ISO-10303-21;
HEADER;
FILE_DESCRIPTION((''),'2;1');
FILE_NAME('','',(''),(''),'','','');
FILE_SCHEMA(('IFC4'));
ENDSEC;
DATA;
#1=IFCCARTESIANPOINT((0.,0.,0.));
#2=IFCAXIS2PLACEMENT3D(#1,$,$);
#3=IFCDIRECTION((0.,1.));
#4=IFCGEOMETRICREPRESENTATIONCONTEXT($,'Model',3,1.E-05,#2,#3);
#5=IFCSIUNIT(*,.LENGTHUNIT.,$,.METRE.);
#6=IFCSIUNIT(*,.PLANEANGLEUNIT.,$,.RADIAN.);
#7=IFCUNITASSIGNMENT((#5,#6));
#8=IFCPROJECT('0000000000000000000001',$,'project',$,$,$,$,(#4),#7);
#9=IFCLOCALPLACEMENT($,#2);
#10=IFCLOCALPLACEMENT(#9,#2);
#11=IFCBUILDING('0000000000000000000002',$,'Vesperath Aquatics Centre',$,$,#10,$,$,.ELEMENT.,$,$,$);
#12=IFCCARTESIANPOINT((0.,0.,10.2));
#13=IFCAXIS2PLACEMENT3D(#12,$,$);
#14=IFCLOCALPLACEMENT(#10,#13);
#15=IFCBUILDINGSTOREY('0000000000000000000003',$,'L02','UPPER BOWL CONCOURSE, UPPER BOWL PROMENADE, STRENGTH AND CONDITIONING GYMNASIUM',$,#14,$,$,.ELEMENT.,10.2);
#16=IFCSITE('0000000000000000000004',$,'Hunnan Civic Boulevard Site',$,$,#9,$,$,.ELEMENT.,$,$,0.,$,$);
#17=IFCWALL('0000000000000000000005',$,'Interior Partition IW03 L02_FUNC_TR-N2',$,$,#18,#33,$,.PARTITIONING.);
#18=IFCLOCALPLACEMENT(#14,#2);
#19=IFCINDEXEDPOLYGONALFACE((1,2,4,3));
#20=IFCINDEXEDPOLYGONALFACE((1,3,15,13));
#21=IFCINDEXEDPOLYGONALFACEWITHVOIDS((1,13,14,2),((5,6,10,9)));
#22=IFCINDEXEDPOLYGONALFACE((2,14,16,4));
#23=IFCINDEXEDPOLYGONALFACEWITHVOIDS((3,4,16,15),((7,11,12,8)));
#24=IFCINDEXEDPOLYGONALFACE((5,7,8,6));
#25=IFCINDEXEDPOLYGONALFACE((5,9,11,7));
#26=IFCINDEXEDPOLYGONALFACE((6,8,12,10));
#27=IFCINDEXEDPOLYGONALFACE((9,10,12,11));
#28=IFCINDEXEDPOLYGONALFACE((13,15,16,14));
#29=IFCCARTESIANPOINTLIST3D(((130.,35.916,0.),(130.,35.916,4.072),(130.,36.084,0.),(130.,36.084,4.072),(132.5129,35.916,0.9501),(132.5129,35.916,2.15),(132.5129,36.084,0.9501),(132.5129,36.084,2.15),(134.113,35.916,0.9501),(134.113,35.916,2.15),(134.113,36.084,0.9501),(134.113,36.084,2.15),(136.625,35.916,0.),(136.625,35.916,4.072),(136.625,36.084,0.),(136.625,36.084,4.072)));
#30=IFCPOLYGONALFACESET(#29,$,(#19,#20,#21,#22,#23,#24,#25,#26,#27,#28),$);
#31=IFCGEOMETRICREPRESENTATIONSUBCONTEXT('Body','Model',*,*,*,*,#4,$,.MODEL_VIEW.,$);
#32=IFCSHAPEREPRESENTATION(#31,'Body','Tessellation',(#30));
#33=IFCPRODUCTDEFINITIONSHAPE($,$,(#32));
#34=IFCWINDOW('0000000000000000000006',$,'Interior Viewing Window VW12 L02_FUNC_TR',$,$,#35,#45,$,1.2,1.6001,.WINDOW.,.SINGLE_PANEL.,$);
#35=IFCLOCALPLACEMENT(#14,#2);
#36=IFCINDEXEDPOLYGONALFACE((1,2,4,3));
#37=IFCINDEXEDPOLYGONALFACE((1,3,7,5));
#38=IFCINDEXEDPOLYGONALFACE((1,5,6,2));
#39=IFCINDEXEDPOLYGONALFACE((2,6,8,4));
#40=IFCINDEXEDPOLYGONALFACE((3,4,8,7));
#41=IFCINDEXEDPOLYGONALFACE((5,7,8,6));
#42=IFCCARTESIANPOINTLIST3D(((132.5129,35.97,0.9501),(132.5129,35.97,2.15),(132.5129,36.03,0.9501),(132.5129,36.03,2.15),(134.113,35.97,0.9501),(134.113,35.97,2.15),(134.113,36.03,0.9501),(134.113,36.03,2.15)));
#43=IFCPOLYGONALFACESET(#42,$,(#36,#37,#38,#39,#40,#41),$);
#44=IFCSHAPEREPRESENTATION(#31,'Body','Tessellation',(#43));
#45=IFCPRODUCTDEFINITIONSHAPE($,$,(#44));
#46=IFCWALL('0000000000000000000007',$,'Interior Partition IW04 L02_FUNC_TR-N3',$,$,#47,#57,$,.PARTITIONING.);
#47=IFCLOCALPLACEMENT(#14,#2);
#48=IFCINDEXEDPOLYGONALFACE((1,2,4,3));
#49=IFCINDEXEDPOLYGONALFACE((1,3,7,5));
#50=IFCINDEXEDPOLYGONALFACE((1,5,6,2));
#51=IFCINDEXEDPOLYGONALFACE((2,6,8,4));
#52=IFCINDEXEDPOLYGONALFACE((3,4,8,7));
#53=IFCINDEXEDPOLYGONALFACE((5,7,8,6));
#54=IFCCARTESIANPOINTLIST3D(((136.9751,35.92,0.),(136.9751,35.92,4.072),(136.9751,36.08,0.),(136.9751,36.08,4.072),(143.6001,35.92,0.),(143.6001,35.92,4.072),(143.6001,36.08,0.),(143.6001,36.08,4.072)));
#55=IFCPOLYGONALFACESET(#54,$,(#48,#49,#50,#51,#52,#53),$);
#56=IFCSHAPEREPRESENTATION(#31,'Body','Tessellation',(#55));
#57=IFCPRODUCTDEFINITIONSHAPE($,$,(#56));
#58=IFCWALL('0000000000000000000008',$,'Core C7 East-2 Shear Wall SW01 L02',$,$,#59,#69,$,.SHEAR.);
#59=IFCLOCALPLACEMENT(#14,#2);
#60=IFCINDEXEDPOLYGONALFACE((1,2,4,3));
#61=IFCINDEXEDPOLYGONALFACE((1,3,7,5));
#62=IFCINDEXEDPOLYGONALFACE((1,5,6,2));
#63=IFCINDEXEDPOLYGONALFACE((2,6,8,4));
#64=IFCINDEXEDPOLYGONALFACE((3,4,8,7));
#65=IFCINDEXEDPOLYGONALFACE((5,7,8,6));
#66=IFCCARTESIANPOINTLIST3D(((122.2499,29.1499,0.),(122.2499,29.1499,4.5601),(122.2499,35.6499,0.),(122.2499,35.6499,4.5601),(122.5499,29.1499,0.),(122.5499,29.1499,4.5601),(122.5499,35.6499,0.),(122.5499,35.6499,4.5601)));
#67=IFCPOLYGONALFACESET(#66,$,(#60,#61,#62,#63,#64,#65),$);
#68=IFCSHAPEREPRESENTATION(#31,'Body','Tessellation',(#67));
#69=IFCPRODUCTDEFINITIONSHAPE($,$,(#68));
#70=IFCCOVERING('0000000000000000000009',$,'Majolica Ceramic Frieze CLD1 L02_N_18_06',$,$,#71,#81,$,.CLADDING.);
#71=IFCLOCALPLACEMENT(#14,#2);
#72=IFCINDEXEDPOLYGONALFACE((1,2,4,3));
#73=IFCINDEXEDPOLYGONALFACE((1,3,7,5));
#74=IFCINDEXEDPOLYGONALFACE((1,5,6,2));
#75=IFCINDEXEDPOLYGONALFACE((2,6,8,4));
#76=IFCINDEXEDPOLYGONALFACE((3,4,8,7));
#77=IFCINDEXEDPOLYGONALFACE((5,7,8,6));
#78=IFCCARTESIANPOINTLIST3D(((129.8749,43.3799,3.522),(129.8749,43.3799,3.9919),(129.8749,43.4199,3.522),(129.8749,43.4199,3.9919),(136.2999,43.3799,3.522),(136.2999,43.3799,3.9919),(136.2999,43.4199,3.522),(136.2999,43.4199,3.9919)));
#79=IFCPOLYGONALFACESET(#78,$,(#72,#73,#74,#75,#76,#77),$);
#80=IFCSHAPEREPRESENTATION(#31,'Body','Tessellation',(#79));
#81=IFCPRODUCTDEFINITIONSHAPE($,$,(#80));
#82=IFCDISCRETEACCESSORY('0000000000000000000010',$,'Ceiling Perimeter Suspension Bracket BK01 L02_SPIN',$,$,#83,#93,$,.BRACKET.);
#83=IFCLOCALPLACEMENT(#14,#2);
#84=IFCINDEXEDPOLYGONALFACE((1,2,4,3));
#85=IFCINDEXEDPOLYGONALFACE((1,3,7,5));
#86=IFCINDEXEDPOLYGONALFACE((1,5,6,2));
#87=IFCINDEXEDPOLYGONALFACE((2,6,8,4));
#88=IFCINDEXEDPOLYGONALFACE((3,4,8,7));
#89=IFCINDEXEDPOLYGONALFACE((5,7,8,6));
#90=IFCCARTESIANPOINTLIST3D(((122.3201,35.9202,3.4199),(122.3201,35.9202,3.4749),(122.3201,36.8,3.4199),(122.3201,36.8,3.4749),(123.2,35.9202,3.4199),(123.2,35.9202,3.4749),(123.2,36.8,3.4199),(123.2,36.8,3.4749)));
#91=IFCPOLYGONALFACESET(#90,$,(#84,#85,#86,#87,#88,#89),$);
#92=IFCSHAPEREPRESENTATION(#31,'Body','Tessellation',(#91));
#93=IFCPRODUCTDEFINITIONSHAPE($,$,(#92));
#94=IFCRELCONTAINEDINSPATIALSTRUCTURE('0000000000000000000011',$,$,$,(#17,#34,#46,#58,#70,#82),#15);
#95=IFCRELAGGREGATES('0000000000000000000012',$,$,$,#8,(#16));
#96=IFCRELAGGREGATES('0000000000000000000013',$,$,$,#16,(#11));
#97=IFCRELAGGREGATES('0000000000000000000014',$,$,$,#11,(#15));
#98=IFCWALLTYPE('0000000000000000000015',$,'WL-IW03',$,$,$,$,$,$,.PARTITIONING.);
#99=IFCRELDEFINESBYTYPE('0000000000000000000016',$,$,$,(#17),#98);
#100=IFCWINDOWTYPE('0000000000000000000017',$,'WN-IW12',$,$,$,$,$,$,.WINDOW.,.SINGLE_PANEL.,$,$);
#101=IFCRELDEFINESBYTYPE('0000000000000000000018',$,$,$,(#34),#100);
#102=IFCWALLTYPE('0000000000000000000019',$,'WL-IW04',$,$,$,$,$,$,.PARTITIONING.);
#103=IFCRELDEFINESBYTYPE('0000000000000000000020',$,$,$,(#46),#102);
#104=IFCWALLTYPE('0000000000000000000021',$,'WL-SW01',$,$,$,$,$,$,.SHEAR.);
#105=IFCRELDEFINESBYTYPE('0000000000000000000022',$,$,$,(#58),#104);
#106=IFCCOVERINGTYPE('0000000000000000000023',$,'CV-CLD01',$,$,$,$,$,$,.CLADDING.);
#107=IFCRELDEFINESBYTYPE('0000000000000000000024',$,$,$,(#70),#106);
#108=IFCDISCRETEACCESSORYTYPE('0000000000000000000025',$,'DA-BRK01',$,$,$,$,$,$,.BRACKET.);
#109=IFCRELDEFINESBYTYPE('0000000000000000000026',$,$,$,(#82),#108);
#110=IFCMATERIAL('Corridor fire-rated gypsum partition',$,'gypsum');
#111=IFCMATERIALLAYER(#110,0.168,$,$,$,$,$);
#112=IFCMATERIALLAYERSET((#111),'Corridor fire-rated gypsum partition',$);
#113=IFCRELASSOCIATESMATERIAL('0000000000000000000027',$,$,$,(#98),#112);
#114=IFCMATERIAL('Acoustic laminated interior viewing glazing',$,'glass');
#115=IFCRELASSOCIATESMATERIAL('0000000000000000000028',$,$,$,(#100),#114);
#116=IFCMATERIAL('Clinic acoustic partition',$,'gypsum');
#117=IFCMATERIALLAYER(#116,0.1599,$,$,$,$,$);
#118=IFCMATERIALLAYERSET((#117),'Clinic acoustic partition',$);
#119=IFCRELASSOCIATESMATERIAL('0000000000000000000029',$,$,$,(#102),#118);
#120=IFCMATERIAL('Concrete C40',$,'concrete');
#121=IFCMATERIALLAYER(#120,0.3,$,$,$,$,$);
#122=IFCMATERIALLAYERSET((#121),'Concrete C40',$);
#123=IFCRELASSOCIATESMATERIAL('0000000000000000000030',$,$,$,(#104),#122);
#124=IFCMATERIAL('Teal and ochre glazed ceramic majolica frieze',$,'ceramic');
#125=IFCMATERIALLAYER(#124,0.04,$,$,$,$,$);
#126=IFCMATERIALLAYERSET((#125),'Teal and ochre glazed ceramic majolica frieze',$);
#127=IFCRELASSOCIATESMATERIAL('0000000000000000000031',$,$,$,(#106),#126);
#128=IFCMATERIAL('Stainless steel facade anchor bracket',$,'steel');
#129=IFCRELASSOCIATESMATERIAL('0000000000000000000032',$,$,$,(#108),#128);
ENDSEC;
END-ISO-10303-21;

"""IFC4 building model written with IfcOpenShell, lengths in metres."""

from ifc_helpers import new_model, si_unit, direction, frame, frame_2d, origin, origin_2d, place, context, subcontext, project, spatial, rectangle, extrude, material, layer, layer_set, type_object, element, fill, save


model = new_model("IFC4")

# Units and contexts
model_context = context("Model", 3, precision=1e-05, world=origin(), true_north=direction((0.0, 1.0)))
body_context = subcontext(model_context, "Body", "Model", "MODEL_VIEW")
ifc_project = project(units=[si_unit("LENGTHUNIT", "METRE"), si_unit("PLANEANGLEUNIT", "RADIAN")], contexts=[model_context])

# Site, building, storey
site_placement = place(None, origin())
site = spatial("IfcSite", under=ifc_project, at=site_placement, Name="Hunnan Civic Boulevard Site", CompositionType="ELEMENT", RefElevation=0.0)
building_placement = place(site_placement, origin())
building = spatial("IfcBuilding", under=site, at=building_placement, Name="Vesperath Aquatics Centre", CompositionType="ELEMENT")
storey_placement = place(building_placement, frame((0.0, 0.0, 10.2)))
storey = spatial("IfcBuildingStorey", under=building, at=storey_placement, Name="L02", Description="UPPER BOWL CONCOURSE, UPPER BOWL PROMENADE, STRENGTH AND CONDITIONING GYMNASIUM", CompositionType="ELEMENT", Elevation=10.2)

# Shared definitions
ifc_material_1 = material(Name="Concrete C40", Category="concrete")

# Wall, opening, window
ifc_material_2 = material(Name="Corridor fire-rated gypsum partition", Category="gypsum")
ifc_layer_1 = layer(ifc_material_2, 0.168)
ifc_layer_set_1 = layer_set([ifc_layer_1], Name="Corridor fire-rated gypsum partition")
wall_type_1 = type_object("IfcWallType", Name="WL-IW03", PredefinedType="PARTITIONING", material=ifc_layer_set_1)
wall_1_placement = place(storey_placement, frame((130.0, 36.0, 0.0), z_axis=(0.0, 0.0, 1.0), x_axis=(1.0, 0.0, 0.0)))
wall_1 = element("IfcWall", 1, at=wall_1_placement, inside=storey, type_object=wall_type_1, Name="Interior Partition IW03 L02_FUNC_TR-N2", PredefinedType="PARTITIONING", context=body_context, shape_type="SweptSolid", body=[
    extrude(rectangle(XDim=6.625, YDim=0.168, at=frame_2d((3.3125, 0.0))), origin(), (0.0, 0.0, 1.0), 4.072),
])
opening_1_placement = place(wall_1_placement, frame((2.5129, 0.0, 0.95)))
opening_1 = element("IfcOpeningElement", 2, at=opening_1_placement, cuts=wall_1, PredefinedType="OPENING", context=body_context, shape_type="SweptSolid", body=[
    extrude(rectangle(XDim=1.6001, YDim=1.2, at=frame_2d((0.8, 0.6001))), frame((0.0, 0.0989, 0.0), z_axis=(0.0, -1.0, 0.0), x_axis=(1.0, 0.0, 0.0)), (0.0, 0.0, 1.0), 0.1978),
])
ifc_material_3 = material(Name="Acoustic laminated interior viewing glazing", Category="glass")
window_type_1 = type_object("IfcWindowType", Name="WN-IW12", PartitioningType="SINGLE_PANEL", PredefinedType="WINDOW", material=ifc_material_3)
window_1_placement = place(opening_1_placement, origin())
window_1 = element("IfcWindow", 3, at=window_1_placement, inside=storey, type_object=window_type_1, Name="Interior Viewing Window VW12 L02_FUNC_TR", OverallHeight=1.2, OverallWidth=1.6001, PartitioningType="SINGLE_PANEL", PredefinedType="WINDOW", context=body_context, shape_type="SweptSolid", body=[
    extrude(rectangle(XDim=1.6001, YDim=1.2, at=frame_2d((0.8, 0.6001))), frame((0.0, 0.03, 0.0), z_axis=(0.0, -1.0, 0.0), x_axis=(1.0, 0.0, 0.0)), (0.0, 0.0, 1.0), 0.0601),
])
fill(opening_1, window_1)

# Walls
ifc_material_4 = material(Name="Clinic acoustic partition", Category="gypsum")
ifc_layer_2 = layer(ifc_material_4, 0.1599)
ifc_layer_set_2 = layer_set([ifc_layer_2], Name="Clinic acoustic partition")
wall_type_2 = type_object("IfcWallType", Name="WL-IW04", PredefinedType="PARTITIONING", material=ifc_layer_set_2)
wall_2_placement = place(storey_placement, frame((136.9751, 36.0, 0.0), z_axis=(0.0, 0.0, 1.0), x_axis=(1.0, 0.0, 0.0)))
element("IfcWall", 4, at=wall_2_placement, inside=storey, type_object=wall_type_2, Name="Interior Partition IW04 L02_FUNC_TR-N3", PredefinedType="PARTITIONING", context=body_context, shape_type="SweptSolid", body=[
    extrude(rectangle(XDim=6.625, YDim=0.1599, at=frame_2d((3.3125, 0.0))), origin(), (0.0, 0.0, 1.0), 4.072),
])
ifc_layer_3 = layer(ifc_material_1, 0.3)
ifc_layer_set_3 = layer_set([ifc_layer_3], Name="Concrete C40")
wall_type_3 = type_object("IfcWallType", Name="WL-SW01", PredefinedType="SHEAR", material=ifc_layer_set_3)
wall_3_placement = place(storey_placement, frame((122.3999, 29.1499, 0.0), z_axis=(0.0, 0.0, 1.0), x_axis=(0.0, 1.0, 0.0)))
element("IfcWall", 5, at=wall_3_placement, inside=storey, type_object=wall_type_3, Name="Core C7 East-2 Shear Wall SW01 L02", PredefinedType="SHEAR", context=body_context, shape_type="SweptSolid", body=[
    extrude(rectangle(XDim=6.5, YDim=0.3, at=frame_2d((3.25, 0.0))), origin(), (0.0, 0.0, 1.0), 4.5601),
])

# Covering
ifc_material_5 = material(Name="Teal and ochre glazed ceramic majolica frieze", Category="ceramic")
ifc_layer_4 = layer(ifc_material_5, 0.04)
ifc_layer_set_4 = layer_set([ifc_layer_4], Name="Teal and ochre glazed ceramic majolica frieze")
covering_type = type_object("IfcCoveringType", Name="CV-CLD01", PredefinedType="CLADDING", material=ifc_layer_set_4)
covering_placement = place(storey_placement, frame((129.875, 43.3999, 3.522), z_axis=(0.0, 0.0, 1.0), x_axis=(1.0, 0.0, 0.0)))
element("IfcCovering", 6, at=covering_placement, inside=storey, type_object=covering_type, Name="Majolica Ceramic Frieze CLD1 L02_N_18_06", PredefinedType="CLADDING", context=body_context, shape_type="SweptSolid", body=[
    extrude(rectangle(XDim=6.425, YDim=0.04, at=frame_2d((3.2124, 0.0))), origin(), (0.0, 0.0, 1.0), 0.47),
])

# Discrete accessory
ifc_material_6 = material(Name="Stainless steel facade anchor bracket", Category="steel")
discrete_accessory_type = type_object("IfcDiscreteAccessoryType", Name="DA-BRK01", PredefinedType="BRACKET", material=ifc_material_6)
discrete_accessory_placement = place(storey_placement, frame((122.76, 36.3601, 3.4199), z_axis=(0.0, 0.0, 1.0), x_axis=(1.0, 0.0, 0.0)))
element("IfcDiscreteAccessory", 7, at=discrete_accessory_placement, inside=storey, type_object=discrete_accessory_type, Name="Ceiling Perimeter Suspension Bracket BK01 L02_SPIN", PredefinedType="BRACKET", context=body_context, shape_type="SweptSolid", body=[
    extrude(rectangle(XDim=0.8799, YDim=0.8799, at=origin_2d()), origin(), (0.0, 0.0, 1.0), 0.0549),
])

save(model, "model.ifc")
